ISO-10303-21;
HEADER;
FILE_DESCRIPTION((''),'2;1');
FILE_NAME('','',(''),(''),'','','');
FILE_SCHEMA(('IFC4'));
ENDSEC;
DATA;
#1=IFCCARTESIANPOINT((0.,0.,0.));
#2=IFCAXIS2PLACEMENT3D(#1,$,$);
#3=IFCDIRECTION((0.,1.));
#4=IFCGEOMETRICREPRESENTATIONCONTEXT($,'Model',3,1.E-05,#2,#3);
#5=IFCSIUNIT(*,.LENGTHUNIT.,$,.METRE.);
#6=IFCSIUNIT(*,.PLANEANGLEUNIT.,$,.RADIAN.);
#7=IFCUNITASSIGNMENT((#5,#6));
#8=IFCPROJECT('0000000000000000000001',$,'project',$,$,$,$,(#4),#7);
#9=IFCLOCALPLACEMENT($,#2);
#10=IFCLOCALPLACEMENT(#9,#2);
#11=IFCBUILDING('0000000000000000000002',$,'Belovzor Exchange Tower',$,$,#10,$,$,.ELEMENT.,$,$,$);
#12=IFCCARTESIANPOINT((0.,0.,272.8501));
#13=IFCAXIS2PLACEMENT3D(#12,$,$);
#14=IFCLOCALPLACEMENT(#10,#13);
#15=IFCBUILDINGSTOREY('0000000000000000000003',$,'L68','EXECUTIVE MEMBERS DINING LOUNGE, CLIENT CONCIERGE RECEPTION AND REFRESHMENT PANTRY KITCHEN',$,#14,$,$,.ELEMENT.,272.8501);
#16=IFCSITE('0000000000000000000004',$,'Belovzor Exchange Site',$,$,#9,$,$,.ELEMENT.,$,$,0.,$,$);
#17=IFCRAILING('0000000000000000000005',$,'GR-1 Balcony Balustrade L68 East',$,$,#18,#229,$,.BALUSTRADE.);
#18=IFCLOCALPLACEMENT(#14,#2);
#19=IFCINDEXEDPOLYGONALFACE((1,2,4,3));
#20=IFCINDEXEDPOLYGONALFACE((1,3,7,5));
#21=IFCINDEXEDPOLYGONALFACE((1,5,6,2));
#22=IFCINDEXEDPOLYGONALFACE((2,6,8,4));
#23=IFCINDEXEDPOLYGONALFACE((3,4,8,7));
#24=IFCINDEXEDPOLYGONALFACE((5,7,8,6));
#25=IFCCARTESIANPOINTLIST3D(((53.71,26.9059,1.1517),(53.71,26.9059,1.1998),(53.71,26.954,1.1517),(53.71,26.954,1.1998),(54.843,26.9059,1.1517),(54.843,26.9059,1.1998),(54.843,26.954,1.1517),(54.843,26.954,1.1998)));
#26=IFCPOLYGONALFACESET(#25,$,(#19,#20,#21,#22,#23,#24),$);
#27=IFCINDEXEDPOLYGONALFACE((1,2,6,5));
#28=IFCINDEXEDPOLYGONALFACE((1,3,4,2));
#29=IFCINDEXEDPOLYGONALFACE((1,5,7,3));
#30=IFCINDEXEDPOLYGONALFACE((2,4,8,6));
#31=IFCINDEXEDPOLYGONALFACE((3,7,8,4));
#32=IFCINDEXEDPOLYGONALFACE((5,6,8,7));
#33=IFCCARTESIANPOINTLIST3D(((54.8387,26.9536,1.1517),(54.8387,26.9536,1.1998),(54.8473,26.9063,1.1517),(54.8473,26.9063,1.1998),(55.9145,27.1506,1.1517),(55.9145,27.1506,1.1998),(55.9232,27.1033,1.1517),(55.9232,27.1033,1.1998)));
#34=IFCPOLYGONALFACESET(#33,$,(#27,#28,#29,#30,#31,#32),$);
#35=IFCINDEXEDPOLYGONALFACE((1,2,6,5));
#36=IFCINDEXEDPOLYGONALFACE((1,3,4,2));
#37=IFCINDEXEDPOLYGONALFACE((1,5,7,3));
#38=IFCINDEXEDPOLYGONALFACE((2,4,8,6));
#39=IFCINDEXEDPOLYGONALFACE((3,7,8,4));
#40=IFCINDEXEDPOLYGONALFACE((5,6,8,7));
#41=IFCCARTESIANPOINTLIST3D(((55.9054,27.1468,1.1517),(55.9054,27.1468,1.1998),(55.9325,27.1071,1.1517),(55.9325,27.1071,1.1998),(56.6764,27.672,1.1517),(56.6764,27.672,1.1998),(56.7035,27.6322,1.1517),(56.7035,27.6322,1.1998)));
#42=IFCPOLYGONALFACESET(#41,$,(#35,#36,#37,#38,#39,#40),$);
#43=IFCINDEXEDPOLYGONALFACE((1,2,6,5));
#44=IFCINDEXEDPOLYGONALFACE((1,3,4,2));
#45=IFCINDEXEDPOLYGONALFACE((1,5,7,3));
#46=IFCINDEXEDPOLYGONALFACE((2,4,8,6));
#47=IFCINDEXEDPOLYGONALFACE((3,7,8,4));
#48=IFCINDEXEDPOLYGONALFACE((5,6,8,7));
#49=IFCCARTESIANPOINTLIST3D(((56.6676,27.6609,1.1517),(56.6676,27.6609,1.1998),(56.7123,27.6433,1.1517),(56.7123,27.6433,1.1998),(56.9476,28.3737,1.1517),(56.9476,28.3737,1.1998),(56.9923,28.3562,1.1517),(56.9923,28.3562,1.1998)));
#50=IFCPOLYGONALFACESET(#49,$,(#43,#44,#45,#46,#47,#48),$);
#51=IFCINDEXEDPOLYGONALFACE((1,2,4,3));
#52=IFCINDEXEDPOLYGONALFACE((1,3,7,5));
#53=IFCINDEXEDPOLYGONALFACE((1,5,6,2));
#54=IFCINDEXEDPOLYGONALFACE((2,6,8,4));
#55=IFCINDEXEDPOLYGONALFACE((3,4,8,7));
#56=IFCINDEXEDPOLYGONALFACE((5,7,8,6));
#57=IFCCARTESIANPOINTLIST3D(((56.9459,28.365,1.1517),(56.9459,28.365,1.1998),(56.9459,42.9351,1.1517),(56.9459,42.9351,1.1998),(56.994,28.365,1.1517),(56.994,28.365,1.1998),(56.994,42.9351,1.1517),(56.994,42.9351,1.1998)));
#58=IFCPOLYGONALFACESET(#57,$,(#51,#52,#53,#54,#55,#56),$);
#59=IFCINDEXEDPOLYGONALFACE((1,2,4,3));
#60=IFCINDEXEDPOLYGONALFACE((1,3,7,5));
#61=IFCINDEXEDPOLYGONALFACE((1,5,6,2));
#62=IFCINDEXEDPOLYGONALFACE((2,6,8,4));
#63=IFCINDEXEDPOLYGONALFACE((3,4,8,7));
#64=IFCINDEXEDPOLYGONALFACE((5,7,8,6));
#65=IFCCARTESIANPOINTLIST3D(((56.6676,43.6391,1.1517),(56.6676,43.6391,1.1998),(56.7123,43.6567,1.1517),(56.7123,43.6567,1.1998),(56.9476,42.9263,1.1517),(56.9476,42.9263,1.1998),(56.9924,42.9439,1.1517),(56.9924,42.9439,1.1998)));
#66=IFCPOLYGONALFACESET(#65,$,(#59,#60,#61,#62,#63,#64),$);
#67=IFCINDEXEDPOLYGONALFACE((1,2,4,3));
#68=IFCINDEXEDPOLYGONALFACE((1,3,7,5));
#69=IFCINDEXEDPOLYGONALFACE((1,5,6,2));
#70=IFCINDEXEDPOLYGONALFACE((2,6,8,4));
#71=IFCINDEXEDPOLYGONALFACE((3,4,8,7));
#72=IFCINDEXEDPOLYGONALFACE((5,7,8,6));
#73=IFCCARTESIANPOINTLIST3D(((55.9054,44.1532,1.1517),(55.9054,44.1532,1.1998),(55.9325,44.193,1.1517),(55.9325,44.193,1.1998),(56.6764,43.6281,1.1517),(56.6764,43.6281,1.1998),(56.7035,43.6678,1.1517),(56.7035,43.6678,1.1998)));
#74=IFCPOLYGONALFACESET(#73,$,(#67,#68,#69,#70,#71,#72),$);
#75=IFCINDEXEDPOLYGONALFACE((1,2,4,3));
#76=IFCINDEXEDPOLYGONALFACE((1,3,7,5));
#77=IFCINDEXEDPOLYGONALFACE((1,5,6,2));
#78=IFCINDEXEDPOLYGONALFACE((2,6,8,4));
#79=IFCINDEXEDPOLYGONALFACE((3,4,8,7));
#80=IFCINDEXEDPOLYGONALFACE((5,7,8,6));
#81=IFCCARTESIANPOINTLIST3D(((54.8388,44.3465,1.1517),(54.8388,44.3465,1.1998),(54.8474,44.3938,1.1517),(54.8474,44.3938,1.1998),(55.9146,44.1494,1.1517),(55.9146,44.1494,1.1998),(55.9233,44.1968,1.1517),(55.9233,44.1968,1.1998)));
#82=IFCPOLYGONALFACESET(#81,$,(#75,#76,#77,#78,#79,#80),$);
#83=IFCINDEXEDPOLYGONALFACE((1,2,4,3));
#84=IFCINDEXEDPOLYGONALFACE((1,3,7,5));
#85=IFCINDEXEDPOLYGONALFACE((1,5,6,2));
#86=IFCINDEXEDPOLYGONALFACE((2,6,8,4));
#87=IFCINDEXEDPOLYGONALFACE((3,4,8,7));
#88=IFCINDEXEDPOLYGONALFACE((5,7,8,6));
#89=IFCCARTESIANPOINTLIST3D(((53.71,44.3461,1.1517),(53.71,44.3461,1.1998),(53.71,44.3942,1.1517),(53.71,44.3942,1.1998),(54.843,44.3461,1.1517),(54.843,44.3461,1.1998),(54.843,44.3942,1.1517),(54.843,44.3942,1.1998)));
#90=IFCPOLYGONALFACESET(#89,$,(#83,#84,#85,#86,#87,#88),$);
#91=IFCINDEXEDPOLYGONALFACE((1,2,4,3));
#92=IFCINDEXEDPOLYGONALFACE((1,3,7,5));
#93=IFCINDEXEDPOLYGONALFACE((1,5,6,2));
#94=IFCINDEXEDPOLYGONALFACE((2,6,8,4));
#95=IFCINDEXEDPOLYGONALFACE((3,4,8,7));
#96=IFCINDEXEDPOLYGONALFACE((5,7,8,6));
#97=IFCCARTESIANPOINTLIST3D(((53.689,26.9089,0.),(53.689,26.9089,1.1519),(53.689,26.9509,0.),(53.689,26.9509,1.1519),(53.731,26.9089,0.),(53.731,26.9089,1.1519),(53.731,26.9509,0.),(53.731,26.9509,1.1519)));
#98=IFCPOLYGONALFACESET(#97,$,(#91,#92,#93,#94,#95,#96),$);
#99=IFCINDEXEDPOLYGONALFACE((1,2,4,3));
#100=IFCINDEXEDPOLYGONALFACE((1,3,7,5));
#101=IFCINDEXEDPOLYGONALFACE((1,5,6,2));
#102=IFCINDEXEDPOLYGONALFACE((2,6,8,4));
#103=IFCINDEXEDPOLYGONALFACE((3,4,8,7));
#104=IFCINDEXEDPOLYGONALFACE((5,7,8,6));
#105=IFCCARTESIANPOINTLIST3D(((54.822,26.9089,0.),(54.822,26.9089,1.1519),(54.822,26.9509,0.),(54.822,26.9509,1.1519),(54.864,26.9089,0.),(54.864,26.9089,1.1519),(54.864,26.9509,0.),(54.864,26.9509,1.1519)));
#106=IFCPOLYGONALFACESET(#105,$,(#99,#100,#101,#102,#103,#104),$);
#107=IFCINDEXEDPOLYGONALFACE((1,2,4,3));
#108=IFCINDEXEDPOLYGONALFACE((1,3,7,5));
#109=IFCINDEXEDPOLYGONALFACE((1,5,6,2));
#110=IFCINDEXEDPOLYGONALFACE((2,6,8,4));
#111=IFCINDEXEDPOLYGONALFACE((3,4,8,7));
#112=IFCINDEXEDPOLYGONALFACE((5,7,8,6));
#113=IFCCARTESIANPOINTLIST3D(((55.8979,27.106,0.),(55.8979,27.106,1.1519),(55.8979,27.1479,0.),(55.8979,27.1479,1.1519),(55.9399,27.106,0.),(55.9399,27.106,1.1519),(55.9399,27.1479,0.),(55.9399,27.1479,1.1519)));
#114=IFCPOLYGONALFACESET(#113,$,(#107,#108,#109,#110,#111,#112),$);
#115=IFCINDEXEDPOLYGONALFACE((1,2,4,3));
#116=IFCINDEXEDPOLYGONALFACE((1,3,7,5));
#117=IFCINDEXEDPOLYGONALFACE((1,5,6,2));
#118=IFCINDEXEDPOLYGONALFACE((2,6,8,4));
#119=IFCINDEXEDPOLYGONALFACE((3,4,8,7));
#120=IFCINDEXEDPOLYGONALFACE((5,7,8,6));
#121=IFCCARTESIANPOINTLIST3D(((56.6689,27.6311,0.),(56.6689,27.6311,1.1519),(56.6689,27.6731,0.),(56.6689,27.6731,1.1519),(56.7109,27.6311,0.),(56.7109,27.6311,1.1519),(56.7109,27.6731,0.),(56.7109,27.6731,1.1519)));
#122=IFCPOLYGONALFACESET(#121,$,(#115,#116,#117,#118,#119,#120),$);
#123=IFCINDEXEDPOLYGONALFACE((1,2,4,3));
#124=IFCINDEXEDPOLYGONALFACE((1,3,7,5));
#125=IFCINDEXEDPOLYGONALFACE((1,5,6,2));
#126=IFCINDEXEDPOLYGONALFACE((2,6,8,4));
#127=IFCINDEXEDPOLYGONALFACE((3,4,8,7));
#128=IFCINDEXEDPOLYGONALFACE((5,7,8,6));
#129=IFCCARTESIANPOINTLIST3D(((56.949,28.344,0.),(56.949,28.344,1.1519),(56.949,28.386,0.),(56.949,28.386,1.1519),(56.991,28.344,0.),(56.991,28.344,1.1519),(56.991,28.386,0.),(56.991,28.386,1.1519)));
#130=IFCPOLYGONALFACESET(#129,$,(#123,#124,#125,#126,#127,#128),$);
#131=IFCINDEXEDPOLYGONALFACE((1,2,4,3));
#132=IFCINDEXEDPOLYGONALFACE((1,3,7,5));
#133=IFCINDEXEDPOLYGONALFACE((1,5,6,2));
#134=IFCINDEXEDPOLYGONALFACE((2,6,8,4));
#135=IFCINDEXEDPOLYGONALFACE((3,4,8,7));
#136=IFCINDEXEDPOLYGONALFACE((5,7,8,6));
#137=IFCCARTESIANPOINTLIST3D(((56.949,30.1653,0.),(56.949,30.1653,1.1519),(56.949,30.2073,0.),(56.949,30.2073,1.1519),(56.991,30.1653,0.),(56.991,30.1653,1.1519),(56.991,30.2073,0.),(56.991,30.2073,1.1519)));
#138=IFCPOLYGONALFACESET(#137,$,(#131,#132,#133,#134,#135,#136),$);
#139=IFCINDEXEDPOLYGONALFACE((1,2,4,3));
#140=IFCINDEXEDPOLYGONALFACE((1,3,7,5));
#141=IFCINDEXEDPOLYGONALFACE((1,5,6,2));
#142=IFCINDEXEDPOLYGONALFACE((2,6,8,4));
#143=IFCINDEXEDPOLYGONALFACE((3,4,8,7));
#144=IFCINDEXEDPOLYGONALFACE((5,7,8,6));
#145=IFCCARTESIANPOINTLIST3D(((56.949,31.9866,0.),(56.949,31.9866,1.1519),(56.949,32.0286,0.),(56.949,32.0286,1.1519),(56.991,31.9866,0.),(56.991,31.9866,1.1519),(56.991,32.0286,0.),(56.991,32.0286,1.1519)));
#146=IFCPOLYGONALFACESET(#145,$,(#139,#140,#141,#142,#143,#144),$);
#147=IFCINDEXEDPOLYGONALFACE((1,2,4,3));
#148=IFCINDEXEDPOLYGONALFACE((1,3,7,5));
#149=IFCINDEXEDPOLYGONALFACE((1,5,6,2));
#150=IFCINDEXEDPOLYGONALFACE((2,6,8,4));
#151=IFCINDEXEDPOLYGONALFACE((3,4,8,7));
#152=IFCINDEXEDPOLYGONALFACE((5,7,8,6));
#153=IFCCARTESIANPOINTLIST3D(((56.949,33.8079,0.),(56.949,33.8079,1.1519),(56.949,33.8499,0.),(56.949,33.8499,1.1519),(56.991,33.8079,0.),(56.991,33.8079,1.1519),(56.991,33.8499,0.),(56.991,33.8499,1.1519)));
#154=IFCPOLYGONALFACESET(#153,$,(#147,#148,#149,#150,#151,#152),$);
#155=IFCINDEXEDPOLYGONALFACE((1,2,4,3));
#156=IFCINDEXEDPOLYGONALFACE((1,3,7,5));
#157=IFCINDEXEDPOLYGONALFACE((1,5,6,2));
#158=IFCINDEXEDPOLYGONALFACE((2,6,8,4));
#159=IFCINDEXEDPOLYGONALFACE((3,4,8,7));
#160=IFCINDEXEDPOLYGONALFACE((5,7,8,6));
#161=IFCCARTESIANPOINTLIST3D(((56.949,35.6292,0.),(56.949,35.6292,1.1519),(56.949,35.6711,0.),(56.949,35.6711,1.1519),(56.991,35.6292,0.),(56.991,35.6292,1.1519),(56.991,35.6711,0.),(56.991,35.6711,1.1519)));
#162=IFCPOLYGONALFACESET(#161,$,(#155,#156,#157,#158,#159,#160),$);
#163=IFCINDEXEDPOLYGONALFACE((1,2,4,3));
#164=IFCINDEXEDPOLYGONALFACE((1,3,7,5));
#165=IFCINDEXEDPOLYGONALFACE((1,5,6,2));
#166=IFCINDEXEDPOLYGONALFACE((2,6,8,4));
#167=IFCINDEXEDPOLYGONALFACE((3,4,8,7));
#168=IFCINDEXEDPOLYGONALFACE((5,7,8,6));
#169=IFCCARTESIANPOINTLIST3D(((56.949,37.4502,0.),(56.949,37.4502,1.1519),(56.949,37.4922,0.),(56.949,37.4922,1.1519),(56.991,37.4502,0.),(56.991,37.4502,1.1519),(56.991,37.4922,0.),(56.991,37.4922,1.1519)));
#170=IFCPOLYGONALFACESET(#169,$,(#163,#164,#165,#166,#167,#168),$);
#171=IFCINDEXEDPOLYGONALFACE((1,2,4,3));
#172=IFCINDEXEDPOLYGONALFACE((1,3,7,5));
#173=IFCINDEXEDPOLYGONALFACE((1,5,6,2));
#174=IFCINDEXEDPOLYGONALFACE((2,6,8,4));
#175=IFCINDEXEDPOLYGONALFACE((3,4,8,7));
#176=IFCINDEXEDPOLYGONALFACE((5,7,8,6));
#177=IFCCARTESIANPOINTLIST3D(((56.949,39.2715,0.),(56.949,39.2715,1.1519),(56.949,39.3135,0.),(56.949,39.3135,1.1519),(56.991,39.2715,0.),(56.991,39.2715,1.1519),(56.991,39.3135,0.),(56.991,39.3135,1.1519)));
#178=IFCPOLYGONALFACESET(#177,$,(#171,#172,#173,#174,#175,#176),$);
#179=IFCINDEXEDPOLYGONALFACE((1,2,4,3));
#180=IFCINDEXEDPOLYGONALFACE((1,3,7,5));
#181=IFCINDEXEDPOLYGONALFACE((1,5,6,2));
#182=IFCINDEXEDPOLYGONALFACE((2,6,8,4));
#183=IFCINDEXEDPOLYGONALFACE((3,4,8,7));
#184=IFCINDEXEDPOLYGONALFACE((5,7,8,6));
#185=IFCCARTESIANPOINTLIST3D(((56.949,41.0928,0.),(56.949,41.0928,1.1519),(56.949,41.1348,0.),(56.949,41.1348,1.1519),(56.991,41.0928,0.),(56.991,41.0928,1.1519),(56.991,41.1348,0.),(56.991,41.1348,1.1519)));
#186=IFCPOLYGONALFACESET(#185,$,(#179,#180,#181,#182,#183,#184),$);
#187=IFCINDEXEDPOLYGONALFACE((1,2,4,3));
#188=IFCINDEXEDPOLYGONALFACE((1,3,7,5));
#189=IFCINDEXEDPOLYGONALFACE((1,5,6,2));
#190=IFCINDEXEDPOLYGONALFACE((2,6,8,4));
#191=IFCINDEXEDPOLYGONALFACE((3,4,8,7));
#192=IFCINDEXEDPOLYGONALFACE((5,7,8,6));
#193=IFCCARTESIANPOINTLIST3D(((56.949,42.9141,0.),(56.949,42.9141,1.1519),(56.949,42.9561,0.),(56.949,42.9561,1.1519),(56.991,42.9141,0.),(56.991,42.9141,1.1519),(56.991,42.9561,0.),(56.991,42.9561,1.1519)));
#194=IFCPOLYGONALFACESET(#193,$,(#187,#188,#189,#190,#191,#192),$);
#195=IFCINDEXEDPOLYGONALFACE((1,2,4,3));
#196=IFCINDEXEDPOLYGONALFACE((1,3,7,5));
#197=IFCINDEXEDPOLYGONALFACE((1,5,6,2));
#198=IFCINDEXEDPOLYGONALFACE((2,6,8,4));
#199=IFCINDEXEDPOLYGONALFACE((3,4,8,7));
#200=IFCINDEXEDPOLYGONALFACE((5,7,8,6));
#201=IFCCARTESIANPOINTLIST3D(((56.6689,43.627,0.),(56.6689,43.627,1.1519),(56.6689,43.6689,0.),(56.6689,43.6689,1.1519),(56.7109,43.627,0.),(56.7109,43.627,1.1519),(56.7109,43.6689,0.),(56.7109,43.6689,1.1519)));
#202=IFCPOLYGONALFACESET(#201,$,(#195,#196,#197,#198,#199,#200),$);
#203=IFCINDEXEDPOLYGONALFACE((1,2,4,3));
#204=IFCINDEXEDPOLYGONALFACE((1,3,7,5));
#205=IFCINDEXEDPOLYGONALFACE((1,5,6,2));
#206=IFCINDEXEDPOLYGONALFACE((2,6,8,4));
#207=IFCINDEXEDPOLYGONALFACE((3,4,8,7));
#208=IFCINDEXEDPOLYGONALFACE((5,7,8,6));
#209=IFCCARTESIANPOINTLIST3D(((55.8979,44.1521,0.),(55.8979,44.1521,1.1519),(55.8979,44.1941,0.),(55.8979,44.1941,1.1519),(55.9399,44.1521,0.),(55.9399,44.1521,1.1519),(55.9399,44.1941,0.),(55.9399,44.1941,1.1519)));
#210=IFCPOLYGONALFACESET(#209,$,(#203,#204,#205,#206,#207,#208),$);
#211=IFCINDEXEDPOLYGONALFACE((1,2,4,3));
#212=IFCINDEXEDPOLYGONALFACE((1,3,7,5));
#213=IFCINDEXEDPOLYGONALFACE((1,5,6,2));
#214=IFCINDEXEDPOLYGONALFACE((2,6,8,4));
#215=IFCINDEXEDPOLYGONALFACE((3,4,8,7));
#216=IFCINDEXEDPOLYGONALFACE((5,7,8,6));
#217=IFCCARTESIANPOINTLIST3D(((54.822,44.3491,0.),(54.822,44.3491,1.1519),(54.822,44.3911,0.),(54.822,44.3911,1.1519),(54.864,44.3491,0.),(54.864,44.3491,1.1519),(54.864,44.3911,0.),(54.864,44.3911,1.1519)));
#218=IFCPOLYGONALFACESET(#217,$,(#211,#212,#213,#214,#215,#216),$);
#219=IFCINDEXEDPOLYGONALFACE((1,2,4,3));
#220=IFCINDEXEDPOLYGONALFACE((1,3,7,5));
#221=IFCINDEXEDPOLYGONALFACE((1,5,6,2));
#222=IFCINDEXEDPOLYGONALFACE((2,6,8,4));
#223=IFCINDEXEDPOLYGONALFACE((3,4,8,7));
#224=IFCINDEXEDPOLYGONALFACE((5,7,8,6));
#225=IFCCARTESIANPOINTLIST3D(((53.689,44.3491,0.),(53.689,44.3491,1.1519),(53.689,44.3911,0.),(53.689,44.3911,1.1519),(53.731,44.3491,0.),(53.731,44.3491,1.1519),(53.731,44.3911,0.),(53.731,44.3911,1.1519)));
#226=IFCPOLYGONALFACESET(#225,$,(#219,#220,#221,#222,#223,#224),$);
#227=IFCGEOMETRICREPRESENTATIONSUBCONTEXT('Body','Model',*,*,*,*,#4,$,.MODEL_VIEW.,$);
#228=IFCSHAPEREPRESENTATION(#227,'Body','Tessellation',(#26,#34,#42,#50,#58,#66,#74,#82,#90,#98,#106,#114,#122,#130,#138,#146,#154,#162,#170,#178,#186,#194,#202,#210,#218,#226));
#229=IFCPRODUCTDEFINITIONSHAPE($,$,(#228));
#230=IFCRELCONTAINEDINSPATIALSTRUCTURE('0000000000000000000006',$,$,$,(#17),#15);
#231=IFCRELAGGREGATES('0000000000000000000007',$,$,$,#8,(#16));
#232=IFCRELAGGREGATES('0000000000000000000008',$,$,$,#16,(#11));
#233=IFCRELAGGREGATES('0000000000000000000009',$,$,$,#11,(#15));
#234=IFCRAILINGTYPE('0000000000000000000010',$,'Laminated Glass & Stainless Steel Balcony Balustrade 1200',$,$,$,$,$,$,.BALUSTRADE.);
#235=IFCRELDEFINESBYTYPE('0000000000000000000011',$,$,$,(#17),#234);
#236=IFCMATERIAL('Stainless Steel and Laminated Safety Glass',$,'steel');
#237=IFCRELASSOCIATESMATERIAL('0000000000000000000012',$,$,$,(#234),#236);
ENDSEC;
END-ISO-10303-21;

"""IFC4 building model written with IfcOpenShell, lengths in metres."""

from ifc_helpers import new_model, si_unit, direction, frame, origin, origin_2d, place, context, subcontext, project, spatial, rectangle, extrude, material, type_object, element, save


model = new_model("IFC4")

# Units and contexts
model_context = context("Model", 3, precision=1e-05, world=origin(), true_north=direction((0.0, 1.0)))
body_context = subcontext(model_context, "Body", "Model", "MODEL_VIEW")
ifc_project = project(units=[si_unit("LENGTHUNIT", "METRE"), si_unit("PLANEANGLEUNIT", "RADIAN")], contexts=[model_context])

# Site, building, storey
site_placement = place(None, origin())
site = spatial("IfcSite", under=ifc_project, at=site_placement, Name="Belovzor Exchange Site", CompositionType="ELEMENT", RefElevation=0.0)
building_placement = place(site_placement, origin())
building = spatial("IfcBuilding", under=site, at=building_placement, Name="Belovzor Exchange Tower", CompositionType="ELEMENT")
storey_placement = place(building_placement, frame((0.0, 0.0, 272.8501)))
storey = spatial("IfcBuildingStorey", under=building, at=storey_placement, Name="L68", Description="EXECUTIVE MEMBERS DINING LOUNGE, CLIENT CONCIERGE RECEPTION AND REFRESHMENT PANTRY KITCHEN", CompositionType="ELEMENT", Elevation=272.8501)

# Railing
ifc_material_1 = material(Name="Stainless Steel and Laminated Safety Glass", Category="steel")
railing_type = type_object("IfcRailingType", Name="Laminated Glass & Stainless Steel Balcony Balustrade 1200", PredefinedType="BALUSTRADE", material=ifc_material_1)
railing_placement = place(storey_placement, frame((53.71, 26.9299, 0.0)))
element("IfcRailing", 1, at=railing_placement, inside=storey, type_object=railing_type, Name="GR-1 Balcony Balustrade L68 East", PredefinedType="BALUSTRADE", context=body_context, shape_type="SweptSolid", body=[
    extrude(rectangle(XDim=0.0481, YDim=0.0481, at=origin_2d()), frame((0.0, 0.0, 1.1758), z_axis=(1.0, 0.0, 0.0), x_axis=(0.0, 1.0, 0.0)), (0.0, 0.0, 1.0), 1.1331),
    extrude(rectangle(XDim=0.0481, YDim=0.0481, at=origin_2d()), frame((1.1331, 0.0, 1.1758), z_axis=(0.983644, 0.180123, 0.0), x_axis=(-0.180123, 0.983644, 0.0)), (0.0, 0.0, 1.0), 1.0938),
    extrude(rectangle(XDim=0.0481, YDim=0.0481, at=origin_2d()), frame((2.209, 0.197, 1.1758), z_axis=(0.826493, 0.562947, 0.0), x_axis=(-0.562947, 0.826493, 0.0)), (0.0, 0.0, 1.0), 0.9329),
    extrude(rectangle(XDim=0.0481, YDim=0.0481, at=origin_2d()), frame((2.98, 0.7222, 1.1758), z_axis=(0.365613, 0.930767, 0.0), x_axis=(-0.930767, 0.365613, 0.0)), (0.0, 0.0, 1.0), 0.7659),
    extrude(rectangle(XDim=0.0481, YDim=0.0481, at=origin_2d()), frame((3.26, 1.4351, 1.1758), z_axis=(0.0, 1.0, 0.0), x_axis=(-1.0, 0.0, 0.0)), (0.0, 0.0, 1.0), 14.5701),
    extrude(rectangle(XDim=0.0481, YDim=0.0481, at=origin_2d()), frame((3.26, 16.0051, 1.1758), z_axis=(-0.365613, 0.930767, 0.0), x_axis=(-0.930767, -0.365613, 0.0)), (0.0, 0.0, 1.0), 0.7659),
    extrude(rectangle(XDim=0.0481, YDim=0.0481, at=origin_2d()), frame((2.98, 16.718, 1.1758), z_axis=(-0.826493, 0.562947, 0.0), x_axis=(-0.562947, -0.826493, 0.0)), (0.0, 0.0, 1.0), 0.9329),
    extrude(rectangle(XDim=0.0481, YDim=0.0481, at=origin_2d()), frame((2.209, 17.2432, 1.1758), z_axis=(-0.983644, 0.180123, 0.0), x_axis=(-0.180123, -0.983644, 0.0)), (0.0, 0.0, 1.0), 1.0938),
    extrude(rectangle(XDim=0.0481, YDim=0.0481, at=origin_2d()), frame((1.1331, 17.4402, 1.1758), z_axis=(-1.0, 0.0, 0.0), x_axis=(0.0, -1.0, 0.0)), (0.0, 0.0, 1.0), 1.1331),
    extrude(rectangle(XDim=0.042, YDim=0.042, at=origin_2d()), origin(), (0.0, 0.0, 1.0), 1.1519),
    extrude(rectangle(XDim=0.042, YDim=0.042, at=origin_2d()), frame((1.1331, 0.0, 0.0)), (0.0, 0.0, 1.0), 1.1519),
    extrude(rectangle(XDim=0.042, YDim=0.042, at=origin_2d()), frame((2.209, 0.197, 0.0)), (0.0, 0.0, 1.0), 1.1519),
    extrude(rectangle(XDim=0.042, YDim=0.042, at=origin_2d()), frame((2.98, 0.7222, 0.0)), (0.0, 0.0, 1.0), 1.1519),
    extrude(rectangle(XDim=0.042, YDim=0.042, at=origin_2d()), frame((3.26, 1.4351, 0.0)), (0.0, 0.0, 1.0), 1.1519),
    extrude(rectangle(XDim=0.042, YDim=0.042, at=origin_2d()), frame((3.26, 3.2563, 0.0)), (0.0, 0.0, 1.0), 1.1519),
    extrude(rectangle(XDim=0.042, YDim=0.042, at=origin_2d()), frame((3.26, 5.0776, 0.0)), (0.0, 0.0, 1.0), 1.1519),
    extrude(rectangle(XDim=0.042, YDim=0.042, at=origin_2d()), frame((3.26, 6.8989, 0.0)), (0.0, 0.0, 1.0), 1.1519),
    extrude(rectangle(XDim=0.042, YDim=0.042, at=origin_2d()), frame((3.26, 8.7202, 0.0)), (0.0, 0.0, 1.0), 1.1519),
    extrude(rectangle(XDim=0.042, YDim=0.042, at=origin_2d()), frame((3.26, 10.5413, 0.0)), (0.0, 0.0, 1.0), 1.1519),
    extrude(rectangle(XDim=0.042, YDim=0.042, at=origin_2d()), frame((3.26, 12.3625, 0.0)), (0.0, 0.0, 1.0), 1.1519),
    extrude(rectangle(XDim=0.042, YDim=0.042, at=origin_2d()), frame((3.26, 14.1838, 0.0)), (0.0, 0.0, 1.0), 1.1519),
    extrude(rectangle(XDim=0.042, YDim=0.042, at=origin_2d()), frame((3.26, 16.0051, 0.0)), (0.0, 0.0, 1.0), 1.1519),
    extrude(rectangle(XDim=0.042, YDim=0.042, at=origin_2d()), frame((2.98, 16.718, 0.0)), (0.0, 0.0, 1.0), 1.1519),
    extrude(rectangle(XDim=0.042, YDim=0.042, at=origin_2d()), frame((2.209, 17.2432, 0.0)), (0.0, 0.0, 1.0), 1.1519),
    extrude(rectangle(XDim=0.042, YDim=0.042, at=origin_2d()), frame((1.1331, 17.4402, 0.0)), (0.0, 0.0, 1.0), 1.1519),
    extrude(rectangle(XDim=0.042, YDim=0.042, at=origin_2d()), frame((0.0, 17.4402, 0.0)), (0.0, 0.0, 1.0), 1.1519),
])

save(model, "model.ifc")
